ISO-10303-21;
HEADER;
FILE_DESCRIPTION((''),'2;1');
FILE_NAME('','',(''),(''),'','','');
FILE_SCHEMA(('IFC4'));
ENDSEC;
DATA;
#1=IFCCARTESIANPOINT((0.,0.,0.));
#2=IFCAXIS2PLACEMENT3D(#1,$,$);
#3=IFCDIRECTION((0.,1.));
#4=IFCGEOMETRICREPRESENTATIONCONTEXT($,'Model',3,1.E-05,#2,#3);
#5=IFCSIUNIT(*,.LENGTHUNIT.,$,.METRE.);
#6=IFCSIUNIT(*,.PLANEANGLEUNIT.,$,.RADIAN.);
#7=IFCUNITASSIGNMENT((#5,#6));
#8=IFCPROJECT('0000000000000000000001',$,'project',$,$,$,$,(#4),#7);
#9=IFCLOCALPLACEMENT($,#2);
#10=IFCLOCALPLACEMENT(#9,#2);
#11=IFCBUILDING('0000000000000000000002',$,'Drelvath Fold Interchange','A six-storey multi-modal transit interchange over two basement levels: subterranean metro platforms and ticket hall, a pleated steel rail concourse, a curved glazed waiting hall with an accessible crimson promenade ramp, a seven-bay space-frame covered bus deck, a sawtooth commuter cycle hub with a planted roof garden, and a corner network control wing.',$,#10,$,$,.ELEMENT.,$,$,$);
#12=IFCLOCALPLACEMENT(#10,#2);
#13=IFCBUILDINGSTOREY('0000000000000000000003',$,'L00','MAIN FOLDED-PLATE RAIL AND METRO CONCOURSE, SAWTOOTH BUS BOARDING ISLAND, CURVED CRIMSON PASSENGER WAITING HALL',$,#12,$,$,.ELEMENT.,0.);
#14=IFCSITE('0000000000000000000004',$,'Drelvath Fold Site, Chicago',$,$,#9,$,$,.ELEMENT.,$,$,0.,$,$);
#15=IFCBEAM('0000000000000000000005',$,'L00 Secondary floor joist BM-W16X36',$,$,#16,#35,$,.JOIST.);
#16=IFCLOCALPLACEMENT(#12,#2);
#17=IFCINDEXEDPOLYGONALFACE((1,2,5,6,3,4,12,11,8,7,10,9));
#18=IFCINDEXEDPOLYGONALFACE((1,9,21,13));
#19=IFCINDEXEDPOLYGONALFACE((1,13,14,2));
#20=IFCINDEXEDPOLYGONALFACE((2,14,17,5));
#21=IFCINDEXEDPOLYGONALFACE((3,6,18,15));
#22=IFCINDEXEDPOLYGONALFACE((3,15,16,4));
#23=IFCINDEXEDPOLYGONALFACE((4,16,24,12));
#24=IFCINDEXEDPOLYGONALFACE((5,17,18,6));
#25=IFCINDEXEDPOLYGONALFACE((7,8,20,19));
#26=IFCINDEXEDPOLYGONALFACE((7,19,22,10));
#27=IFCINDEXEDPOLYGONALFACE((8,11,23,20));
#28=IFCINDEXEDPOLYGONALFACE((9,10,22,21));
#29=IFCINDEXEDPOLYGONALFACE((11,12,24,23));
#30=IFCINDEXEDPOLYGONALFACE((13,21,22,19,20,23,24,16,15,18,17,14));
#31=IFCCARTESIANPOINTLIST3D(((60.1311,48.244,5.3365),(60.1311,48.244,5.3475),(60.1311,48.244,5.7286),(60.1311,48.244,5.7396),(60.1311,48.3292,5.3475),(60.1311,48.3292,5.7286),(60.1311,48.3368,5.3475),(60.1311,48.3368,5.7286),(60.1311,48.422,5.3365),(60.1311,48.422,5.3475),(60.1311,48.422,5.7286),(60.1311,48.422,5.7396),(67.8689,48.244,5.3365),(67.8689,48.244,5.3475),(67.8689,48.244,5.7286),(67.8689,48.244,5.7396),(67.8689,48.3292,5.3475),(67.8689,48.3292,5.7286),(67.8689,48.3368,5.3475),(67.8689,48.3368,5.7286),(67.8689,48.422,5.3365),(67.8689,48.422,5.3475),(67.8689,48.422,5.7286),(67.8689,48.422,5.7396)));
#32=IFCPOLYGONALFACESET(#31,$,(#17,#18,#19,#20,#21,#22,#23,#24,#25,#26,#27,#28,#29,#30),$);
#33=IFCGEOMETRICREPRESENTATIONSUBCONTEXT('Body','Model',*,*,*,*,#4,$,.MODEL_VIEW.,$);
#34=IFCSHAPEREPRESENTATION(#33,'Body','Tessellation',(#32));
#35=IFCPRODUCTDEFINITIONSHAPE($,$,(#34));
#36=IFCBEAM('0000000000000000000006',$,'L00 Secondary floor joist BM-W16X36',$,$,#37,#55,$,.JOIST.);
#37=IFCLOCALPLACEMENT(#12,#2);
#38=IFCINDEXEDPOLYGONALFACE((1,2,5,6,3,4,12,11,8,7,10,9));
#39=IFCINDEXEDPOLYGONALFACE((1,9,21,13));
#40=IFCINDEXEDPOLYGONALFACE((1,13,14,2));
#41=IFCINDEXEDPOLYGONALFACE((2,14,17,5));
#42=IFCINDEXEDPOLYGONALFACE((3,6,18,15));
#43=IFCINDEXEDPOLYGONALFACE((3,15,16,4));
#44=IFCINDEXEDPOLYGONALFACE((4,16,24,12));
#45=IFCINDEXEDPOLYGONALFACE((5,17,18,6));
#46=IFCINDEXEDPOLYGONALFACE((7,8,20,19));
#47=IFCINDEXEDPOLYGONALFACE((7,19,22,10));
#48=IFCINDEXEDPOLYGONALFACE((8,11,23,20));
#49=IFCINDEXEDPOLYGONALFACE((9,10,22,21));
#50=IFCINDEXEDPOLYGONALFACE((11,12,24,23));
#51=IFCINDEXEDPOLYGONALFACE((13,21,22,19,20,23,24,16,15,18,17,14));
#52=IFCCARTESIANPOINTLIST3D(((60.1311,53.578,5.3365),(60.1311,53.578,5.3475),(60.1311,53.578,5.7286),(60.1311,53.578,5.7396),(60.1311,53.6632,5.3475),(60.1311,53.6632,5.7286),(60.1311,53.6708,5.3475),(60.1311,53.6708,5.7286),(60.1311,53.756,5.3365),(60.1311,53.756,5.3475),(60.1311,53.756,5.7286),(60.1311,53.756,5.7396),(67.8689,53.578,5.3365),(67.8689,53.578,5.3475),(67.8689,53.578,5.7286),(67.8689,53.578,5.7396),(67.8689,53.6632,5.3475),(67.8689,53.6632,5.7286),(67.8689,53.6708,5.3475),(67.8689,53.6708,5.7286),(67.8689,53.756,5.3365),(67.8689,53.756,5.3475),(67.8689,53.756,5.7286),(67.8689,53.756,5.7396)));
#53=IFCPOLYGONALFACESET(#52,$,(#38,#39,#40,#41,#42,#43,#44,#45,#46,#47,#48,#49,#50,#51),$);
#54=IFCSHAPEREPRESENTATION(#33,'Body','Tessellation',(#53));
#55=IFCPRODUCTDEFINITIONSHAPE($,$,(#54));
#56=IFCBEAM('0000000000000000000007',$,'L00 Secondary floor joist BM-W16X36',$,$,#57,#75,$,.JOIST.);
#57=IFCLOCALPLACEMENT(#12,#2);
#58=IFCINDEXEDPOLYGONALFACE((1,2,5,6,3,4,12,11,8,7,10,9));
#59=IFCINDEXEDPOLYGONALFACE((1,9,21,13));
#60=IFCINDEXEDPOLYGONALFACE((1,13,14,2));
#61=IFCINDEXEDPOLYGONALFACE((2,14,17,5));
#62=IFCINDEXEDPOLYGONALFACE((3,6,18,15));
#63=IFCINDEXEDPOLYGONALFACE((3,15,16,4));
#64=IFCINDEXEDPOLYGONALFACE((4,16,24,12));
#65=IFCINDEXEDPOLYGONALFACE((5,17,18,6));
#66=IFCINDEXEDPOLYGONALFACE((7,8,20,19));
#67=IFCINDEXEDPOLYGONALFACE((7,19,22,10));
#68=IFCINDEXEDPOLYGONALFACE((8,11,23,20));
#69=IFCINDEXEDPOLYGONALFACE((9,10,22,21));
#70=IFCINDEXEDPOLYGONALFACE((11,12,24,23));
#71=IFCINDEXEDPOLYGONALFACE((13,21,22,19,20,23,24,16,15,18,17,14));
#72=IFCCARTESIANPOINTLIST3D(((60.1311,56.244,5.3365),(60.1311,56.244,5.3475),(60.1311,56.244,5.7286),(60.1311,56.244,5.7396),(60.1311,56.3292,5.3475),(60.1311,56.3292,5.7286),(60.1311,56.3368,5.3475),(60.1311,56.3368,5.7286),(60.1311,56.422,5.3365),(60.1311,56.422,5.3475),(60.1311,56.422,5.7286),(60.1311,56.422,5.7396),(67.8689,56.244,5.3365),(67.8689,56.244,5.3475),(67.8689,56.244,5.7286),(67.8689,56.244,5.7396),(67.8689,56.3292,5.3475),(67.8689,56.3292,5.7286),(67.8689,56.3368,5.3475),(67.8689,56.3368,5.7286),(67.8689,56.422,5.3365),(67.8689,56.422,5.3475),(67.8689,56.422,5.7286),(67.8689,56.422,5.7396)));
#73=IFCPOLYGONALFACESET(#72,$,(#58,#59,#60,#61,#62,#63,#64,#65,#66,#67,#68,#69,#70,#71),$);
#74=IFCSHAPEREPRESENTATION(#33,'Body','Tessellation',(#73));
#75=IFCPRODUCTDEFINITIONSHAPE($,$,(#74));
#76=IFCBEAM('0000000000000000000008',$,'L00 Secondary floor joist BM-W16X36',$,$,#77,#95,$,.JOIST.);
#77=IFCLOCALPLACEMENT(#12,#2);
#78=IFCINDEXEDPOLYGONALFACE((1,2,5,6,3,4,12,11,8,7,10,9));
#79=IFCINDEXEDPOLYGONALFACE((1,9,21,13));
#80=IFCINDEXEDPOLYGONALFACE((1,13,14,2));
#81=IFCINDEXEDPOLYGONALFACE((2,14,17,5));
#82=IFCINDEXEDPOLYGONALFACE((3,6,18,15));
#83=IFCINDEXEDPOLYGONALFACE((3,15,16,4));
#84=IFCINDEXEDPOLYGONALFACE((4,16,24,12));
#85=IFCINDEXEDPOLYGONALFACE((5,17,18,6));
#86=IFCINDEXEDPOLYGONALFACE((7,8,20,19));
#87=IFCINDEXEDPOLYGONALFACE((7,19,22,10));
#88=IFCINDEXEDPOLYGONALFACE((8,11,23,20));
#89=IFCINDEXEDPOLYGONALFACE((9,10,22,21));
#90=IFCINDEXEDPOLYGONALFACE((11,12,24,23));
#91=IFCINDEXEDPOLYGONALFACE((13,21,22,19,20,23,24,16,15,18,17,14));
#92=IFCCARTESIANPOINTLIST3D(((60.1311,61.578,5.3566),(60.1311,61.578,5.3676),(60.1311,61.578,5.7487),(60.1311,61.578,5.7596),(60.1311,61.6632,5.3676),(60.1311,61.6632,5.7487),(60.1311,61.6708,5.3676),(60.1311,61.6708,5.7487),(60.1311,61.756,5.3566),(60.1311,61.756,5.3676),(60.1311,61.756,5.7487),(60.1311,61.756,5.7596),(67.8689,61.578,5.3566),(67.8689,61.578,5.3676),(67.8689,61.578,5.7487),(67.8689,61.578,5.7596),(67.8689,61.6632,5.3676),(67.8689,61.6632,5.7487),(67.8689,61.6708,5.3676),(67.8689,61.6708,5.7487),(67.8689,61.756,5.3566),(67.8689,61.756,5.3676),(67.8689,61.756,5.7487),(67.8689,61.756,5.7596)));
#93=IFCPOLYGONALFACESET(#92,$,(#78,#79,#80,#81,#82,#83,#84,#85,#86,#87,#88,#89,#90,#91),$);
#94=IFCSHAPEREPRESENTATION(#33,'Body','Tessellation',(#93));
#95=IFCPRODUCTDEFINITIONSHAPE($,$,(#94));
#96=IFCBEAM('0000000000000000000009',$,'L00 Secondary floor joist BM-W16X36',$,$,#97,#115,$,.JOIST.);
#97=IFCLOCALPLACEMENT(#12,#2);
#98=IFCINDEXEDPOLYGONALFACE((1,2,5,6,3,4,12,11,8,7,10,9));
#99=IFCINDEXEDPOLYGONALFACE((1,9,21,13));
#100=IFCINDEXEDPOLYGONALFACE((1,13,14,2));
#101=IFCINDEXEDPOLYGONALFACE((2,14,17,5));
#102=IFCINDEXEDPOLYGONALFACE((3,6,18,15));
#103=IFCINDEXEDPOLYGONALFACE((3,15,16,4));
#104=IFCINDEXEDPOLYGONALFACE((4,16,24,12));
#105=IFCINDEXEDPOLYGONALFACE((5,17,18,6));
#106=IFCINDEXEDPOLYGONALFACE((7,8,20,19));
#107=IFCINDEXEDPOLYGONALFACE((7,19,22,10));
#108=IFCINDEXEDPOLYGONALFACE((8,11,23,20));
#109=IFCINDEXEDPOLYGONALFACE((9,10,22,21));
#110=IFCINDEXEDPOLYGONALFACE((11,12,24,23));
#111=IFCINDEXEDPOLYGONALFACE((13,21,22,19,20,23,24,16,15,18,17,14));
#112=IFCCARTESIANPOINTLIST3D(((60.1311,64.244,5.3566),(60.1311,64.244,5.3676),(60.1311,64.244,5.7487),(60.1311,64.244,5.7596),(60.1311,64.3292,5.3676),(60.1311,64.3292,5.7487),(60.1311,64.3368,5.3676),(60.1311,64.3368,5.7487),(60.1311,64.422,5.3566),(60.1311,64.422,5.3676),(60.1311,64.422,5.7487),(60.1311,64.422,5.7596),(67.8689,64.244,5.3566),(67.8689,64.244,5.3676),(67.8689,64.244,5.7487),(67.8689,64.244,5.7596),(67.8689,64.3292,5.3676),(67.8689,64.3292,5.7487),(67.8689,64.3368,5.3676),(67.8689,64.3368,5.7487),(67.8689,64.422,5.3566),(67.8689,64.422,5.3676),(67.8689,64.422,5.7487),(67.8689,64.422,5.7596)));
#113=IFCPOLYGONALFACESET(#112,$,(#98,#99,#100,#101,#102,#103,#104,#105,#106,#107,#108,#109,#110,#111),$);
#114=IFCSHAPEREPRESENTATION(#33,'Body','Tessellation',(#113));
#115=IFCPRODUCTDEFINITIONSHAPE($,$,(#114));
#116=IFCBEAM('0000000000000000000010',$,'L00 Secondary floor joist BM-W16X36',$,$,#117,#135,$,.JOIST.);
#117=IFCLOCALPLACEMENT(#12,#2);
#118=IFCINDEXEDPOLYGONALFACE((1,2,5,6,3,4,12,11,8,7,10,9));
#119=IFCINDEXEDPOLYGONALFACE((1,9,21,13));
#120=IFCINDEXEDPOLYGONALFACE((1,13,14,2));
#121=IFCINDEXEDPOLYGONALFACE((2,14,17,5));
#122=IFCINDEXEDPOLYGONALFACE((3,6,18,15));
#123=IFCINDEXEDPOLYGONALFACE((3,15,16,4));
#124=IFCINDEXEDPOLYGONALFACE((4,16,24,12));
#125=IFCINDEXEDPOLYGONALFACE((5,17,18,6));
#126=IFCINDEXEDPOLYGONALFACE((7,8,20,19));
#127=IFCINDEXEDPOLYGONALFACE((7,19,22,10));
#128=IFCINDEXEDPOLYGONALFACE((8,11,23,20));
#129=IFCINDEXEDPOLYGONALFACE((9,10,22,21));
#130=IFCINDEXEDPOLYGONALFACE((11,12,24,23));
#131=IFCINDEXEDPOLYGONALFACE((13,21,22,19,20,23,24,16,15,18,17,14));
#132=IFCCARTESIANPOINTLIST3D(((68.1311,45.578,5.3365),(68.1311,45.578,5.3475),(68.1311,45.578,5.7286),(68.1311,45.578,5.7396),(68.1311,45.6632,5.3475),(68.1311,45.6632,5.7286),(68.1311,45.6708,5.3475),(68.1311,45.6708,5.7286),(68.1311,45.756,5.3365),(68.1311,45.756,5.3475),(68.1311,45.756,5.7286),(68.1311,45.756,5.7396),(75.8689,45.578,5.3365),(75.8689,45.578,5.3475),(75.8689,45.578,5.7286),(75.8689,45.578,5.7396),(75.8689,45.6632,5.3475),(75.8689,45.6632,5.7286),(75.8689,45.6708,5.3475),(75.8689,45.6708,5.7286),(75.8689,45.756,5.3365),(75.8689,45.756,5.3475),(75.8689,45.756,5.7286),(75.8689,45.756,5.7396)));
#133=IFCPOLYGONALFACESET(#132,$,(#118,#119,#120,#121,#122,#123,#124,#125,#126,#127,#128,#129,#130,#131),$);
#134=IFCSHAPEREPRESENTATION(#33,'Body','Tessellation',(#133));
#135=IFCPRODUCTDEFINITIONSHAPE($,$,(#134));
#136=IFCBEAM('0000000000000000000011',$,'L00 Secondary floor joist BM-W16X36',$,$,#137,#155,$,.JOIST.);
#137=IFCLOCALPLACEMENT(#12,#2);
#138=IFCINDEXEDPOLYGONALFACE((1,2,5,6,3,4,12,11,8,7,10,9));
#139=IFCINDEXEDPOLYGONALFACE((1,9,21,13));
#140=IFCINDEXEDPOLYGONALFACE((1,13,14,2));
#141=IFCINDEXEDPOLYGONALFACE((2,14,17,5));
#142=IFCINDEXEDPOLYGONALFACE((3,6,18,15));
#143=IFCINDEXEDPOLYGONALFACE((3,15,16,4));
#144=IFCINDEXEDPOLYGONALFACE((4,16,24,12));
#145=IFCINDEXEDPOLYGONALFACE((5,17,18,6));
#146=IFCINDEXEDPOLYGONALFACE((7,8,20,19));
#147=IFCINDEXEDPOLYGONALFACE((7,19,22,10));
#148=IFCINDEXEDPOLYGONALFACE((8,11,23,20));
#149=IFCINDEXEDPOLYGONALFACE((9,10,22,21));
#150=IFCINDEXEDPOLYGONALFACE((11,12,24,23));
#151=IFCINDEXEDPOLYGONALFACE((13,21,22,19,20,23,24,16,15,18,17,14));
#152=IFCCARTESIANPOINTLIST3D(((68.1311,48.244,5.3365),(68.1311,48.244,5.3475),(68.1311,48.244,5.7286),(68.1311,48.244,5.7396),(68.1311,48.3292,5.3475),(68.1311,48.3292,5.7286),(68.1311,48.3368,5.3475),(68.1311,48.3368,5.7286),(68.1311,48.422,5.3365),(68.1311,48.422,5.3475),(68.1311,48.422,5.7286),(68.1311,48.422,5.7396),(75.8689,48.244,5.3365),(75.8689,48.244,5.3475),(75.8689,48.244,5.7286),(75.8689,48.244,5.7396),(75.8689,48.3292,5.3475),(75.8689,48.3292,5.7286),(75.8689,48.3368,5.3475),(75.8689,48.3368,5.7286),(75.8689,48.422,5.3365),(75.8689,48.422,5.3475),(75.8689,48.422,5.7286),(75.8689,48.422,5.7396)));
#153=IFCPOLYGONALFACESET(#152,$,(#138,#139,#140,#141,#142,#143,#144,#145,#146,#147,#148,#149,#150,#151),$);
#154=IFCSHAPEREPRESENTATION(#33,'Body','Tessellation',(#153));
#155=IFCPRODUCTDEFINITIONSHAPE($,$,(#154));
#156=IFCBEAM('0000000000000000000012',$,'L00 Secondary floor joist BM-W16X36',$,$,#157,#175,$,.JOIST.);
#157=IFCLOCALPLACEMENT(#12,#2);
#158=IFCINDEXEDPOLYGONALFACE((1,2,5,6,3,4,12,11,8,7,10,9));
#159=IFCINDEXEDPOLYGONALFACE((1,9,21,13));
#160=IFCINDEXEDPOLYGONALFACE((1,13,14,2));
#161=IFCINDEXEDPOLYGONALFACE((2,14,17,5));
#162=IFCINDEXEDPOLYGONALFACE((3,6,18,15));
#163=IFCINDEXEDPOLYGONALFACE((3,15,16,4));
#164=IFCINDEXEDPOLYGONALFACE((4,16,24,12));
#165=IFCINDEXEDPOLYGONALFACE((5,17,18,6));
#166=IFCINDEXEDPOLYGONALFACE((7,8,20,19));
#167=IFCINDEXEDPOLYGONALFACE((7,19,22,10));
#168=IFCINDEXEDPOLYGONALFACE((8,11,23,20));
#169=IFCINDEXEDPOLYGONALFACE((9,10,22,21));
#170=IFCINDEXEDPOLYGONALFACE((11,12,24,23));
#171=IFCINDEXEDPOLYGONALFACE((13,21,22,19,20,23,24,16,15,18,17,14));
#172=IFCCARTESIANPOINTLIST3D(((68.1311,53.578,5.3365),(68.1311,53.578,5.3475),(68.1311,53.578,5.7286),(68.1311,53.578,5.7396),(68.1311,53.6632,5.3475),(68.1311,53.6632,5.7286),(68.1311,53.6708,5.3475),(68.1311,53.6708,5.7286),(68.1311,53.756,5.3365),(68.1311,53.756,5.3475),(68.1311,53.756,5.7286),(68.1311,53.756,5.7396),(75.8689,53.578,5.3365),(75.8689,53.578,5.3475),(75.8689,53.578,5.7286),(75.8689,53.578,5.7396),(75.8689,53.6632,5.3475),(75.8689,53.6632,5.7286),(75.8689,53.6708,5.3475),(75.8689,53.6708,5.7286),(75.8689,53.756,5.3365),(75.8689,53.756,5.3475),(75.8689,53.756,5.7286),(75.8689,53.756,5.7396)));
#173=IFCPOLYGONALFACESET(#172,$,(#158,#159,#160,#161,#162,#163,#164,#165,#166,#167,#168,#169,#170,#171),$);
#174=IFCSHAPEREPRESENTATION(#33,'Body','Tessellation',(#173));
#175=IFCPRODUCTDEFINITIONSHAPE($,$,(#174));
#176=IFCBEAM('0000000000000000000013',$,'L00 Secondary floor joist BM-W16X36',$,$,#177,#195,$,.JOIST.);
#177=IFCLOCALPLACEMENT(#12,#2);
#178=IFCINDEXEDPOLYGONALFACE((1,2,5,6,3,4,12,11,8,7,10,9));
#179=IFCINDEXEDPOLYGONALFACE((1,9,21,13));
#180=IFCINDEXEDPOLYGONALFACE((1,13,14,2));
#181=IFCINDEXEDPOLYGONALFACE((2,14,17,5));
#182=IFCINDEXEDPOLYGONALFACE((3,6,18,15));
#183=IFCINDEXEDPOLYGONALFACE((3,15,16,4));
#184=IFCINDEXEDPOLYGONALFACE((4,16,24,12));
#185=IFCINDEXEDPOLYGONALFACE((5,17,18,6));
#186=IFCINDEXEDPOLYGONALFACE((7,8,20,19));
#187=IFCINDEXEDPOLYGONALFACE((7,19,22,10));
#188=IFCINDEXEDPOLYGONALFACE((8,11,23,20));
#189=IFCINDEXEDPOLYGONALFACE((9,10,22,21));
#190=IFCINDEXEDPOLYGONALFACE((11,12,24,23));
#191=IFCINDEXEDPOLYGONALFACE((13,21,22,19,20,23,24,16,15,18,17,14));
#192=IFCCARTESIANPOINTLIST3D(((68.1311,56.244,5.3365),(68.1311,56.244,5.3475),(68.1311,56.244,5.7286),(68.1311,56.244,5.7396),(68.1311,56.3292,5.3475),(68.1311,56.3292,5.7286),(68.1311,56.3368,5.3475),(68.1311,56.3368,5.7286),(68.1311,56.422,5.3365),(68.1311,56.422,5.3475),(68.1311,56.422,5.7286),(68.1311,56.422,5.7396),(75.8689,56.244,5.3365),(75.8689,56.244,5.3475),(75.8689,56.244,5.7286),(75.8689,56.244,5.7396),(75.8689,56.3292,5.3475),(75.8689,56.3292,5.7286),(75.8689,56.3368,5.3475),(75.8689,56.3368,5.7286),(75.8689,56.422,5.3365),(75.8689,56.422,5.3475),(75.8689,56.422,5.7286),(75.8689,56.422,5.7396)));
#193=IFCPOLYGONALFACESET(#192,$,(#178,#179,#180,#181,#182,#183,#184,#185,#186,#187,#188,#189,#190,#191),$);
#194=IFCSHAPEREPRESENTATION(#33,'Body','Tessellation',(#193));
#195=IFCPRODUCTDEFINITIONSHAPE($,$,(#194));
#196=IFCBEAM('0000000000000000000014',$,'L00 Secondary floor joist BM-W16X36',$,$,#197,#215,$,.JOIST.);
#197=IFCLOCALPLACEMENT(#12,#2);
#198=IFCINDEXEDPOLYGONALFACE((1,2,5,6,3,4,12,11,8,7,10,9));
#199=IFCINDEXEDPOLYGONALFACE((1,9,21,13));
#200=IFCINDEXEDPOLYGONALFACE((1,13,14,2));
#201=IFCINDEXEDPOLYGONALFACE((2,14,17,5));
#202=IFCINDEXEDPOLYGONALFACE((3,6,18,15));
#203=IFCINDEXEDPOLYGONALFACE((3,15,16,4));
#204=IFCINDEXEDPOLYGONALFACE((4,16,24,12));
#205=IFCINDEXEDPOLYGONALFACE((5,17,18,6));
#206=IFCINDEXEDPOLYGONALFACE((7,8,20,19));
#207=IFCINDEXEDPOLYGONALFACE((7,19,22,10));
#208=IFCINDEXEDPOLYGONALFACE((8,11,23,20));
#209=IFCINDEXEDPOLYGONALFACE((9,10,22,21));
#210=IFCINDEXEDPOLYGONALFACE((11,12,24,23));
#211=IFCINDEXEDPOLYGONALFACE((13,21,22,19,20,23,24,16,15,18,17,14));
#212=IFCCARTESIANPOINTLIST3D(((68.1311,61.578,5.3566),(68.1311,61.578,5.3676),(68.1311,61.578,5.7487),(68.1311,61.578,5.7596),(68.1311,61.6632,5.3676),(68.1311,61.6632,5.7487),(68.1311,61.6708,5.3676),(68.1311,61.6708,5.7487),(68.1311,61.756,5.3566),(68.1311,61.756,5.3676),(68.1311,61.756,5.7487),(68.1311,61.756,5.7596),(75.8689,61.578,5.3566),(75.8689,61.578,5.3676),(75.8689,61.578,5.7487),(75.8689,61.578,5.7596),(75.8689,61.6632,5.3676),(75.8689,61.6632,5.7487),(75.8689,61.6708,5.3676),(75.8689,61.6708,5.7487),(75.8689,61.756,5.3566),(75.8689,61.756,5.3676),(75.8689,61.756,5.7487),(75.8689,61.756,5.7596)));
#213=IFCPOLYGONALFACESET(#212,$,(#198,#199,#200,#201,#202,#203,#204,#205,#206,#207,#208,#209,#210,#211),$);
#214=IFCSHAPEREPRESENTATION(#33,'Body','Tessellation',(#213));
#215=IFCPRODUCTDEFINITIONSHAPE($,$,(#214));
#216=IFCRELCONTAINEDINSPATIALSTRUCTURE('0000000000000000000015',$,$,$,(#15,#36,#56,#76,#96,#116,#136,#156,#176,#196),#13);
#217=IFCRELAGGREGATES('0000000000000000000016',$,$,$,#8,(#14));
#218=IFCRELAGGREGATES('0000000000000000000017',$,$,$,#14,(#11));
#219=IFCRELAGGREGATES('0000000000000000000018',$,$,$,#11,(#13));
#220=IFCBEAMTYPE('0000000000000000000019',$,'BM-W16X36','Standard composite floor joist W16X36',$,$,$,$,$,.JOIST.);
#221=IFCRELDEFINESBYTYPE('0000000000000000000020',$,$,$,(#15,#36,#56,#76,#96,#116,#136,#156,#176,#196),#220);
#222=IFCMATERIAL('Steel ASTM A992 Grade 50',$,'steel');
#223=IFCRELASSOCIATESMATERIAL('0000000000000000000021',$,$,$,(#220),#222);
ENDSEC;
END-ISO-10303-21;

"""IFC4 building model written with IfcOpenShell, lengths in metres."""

from ifc_helpers import new_model, si_unit, direction, frame, origin, origin_2d, place, context, subcontext, project, spatial, i_section, extrude, material, material_profile, profile_set, type_object, element, save


model = new_model("IFC4")

# Units and contexts
model_context = context("Model", 3, precision=1e-05, world=origin(), true_north=direction((0.0, 1.0)))
body_context = subcontext(model_context, "Body", "Model", "MODEL_VIEW")
ifc_project = project(units=[si_unit("LENGTHUNIT", "METRE"), si_unit("PLANEANGLEUNIT", "RADIAN")], contexts=[model_context])

# Site, building, storey
site_placement = place(None, origin())
site = spatial("IfcSite", under=ifc_project, at=site_placement, Name="Drelvath Fold Site, Chicago", CompositionType="ELEMENT", RefElevation=0.0)
building_placement = place(site_placement, origin())
building = spatial("IfcBuilding", under=site, at=building_placement, Name="Drelvath Fold Interchange", Description="A six-storey multi-modal transit interchange over two basement levels: subterranean metro platforms and ticket hall, a pleated steel rail concourse, a curved glazed waiting hall with an accessible crimson promenade ramp, a seven-bay space-frame covered bus deck, a sawtooth commuter cycle hub with a planted roof garden, and a corner network control wing.", CompositionType="ELEMENT")
storey_placement = place(building_placement, origin())
storey = spatial("IfcBuildingStorey", under=building, at=storey_placement, Name="L00", Description="MAIN FOLDED-PLATE RAIL AND METRO CONCOURSE, SAWTOOTH BUS BOARDING ISLAND, CURVED CRIMSON PASSENGER WAITING HALL", CompositionType="ELEMENT", Elevation=0.0)

# Shared definitions
ifc_material_1 = material(Name="Steel ASTM A992 Grade 50", Category="steel")

# Beams
ifc_material_profile_1 = material_profile(ifc_material_1, i_section(OverallWidth=0.178, OverallDepth=0.4031, WebThickness=0.0076, FlangeThickness=0.011, at=origin_2d()), Name="W16X36")
ifc_profile_set_1 = profile_set([ifc_material_profile_1], Name="Steel ASTM A992 Grade 50")
beam_type_1 = type_object("IfcBeamType", Name="BM-W16X36", Description="Standard composite floor joist W16X36", PredefinedType="JOIST", material=ifc_profile_set_1)
for number, where, z_axis, x_axis, name in (
    (1, (60.1311, 48.333, 5.5381), (1.0, 0.0, 0.0), (0.0, 1.0, 0.0), "L00 Secondary floor joist BM-W16X36"),
    (2, (60.1311, 53.667, 5.5381), (1.0, 0.0, 0.0), (0.0, 1.0, 0.0), "L00 Secondary floor joist BM-W16X36"),
    (3, (60.1311, 56.333, 5.5381), (1.0, 0.0, 0.0), (0.0, 1.0, 0.0), "L00 Secondary floor joist BM-W16X36"),
    (4, (60.1311, 61.667, 5.5581), (1.0, 0.0, 0.0), (0.0, 1.0, 0.0), "L00 Secondary floor joist BM-W16X36"),
    (5, (60.1311, 64.333, 5.5581), (1.0, 0.0, 0.0), (0.0, 1.0, 0.0), "L00 Secondary floor joist BM-W16X36"),
    (6, (68.1311, 45.667, 5.5381), (1.0, 0.0, 0.0), (0.0, 1.0, 0.0), "L00 Secondary floor joist BM-W16X36"),
    (7, (68.1311, 48.333, 5.5381), (1.0, 0.0, 0.0), (0.0, 1.0, 0.0), "L00 Secondary floor joist BM-W16X36"),
    (8, (68.1311, 53.667, 5.5381), (1.0, 0.0, 0.0), (0.0, 1.0, 0.0), "L00 Secondary floor joist BM-W16X36"),
    (9, (68.1311, 56.333, 5.5381), (1.0, 0.0, 0.0), (0.0, 1.0, 0.0), "L00 Secondary floor joist BM-W16X36"),
    (10, (68.1311, 61.667, 5.5581), (1.0, 0.0, 0.0), (0.0, 1.0, 0.0), "L00 Secondary floor joist BM-W16X36"),
):
    element("IfcBeam", number, at=place(storey_placement, frame(where, z_axis=z_axis, x_axis=x_axis)), inside=storey, type_object=beam_type_1, Name=name, PredefinedType="JOIST", context=body_context, shape_type="SweptSolid", body=[
        extrude(i_section(OverallWidth=0.178, OverallDepth=0.4031, WebThickness=0.0076, FlangeThickness=0.011, at=origin_2d()), origin(), (0.0, 0.0, 1.0), 7.7378),
    ])

save(model, "model.ifc")
